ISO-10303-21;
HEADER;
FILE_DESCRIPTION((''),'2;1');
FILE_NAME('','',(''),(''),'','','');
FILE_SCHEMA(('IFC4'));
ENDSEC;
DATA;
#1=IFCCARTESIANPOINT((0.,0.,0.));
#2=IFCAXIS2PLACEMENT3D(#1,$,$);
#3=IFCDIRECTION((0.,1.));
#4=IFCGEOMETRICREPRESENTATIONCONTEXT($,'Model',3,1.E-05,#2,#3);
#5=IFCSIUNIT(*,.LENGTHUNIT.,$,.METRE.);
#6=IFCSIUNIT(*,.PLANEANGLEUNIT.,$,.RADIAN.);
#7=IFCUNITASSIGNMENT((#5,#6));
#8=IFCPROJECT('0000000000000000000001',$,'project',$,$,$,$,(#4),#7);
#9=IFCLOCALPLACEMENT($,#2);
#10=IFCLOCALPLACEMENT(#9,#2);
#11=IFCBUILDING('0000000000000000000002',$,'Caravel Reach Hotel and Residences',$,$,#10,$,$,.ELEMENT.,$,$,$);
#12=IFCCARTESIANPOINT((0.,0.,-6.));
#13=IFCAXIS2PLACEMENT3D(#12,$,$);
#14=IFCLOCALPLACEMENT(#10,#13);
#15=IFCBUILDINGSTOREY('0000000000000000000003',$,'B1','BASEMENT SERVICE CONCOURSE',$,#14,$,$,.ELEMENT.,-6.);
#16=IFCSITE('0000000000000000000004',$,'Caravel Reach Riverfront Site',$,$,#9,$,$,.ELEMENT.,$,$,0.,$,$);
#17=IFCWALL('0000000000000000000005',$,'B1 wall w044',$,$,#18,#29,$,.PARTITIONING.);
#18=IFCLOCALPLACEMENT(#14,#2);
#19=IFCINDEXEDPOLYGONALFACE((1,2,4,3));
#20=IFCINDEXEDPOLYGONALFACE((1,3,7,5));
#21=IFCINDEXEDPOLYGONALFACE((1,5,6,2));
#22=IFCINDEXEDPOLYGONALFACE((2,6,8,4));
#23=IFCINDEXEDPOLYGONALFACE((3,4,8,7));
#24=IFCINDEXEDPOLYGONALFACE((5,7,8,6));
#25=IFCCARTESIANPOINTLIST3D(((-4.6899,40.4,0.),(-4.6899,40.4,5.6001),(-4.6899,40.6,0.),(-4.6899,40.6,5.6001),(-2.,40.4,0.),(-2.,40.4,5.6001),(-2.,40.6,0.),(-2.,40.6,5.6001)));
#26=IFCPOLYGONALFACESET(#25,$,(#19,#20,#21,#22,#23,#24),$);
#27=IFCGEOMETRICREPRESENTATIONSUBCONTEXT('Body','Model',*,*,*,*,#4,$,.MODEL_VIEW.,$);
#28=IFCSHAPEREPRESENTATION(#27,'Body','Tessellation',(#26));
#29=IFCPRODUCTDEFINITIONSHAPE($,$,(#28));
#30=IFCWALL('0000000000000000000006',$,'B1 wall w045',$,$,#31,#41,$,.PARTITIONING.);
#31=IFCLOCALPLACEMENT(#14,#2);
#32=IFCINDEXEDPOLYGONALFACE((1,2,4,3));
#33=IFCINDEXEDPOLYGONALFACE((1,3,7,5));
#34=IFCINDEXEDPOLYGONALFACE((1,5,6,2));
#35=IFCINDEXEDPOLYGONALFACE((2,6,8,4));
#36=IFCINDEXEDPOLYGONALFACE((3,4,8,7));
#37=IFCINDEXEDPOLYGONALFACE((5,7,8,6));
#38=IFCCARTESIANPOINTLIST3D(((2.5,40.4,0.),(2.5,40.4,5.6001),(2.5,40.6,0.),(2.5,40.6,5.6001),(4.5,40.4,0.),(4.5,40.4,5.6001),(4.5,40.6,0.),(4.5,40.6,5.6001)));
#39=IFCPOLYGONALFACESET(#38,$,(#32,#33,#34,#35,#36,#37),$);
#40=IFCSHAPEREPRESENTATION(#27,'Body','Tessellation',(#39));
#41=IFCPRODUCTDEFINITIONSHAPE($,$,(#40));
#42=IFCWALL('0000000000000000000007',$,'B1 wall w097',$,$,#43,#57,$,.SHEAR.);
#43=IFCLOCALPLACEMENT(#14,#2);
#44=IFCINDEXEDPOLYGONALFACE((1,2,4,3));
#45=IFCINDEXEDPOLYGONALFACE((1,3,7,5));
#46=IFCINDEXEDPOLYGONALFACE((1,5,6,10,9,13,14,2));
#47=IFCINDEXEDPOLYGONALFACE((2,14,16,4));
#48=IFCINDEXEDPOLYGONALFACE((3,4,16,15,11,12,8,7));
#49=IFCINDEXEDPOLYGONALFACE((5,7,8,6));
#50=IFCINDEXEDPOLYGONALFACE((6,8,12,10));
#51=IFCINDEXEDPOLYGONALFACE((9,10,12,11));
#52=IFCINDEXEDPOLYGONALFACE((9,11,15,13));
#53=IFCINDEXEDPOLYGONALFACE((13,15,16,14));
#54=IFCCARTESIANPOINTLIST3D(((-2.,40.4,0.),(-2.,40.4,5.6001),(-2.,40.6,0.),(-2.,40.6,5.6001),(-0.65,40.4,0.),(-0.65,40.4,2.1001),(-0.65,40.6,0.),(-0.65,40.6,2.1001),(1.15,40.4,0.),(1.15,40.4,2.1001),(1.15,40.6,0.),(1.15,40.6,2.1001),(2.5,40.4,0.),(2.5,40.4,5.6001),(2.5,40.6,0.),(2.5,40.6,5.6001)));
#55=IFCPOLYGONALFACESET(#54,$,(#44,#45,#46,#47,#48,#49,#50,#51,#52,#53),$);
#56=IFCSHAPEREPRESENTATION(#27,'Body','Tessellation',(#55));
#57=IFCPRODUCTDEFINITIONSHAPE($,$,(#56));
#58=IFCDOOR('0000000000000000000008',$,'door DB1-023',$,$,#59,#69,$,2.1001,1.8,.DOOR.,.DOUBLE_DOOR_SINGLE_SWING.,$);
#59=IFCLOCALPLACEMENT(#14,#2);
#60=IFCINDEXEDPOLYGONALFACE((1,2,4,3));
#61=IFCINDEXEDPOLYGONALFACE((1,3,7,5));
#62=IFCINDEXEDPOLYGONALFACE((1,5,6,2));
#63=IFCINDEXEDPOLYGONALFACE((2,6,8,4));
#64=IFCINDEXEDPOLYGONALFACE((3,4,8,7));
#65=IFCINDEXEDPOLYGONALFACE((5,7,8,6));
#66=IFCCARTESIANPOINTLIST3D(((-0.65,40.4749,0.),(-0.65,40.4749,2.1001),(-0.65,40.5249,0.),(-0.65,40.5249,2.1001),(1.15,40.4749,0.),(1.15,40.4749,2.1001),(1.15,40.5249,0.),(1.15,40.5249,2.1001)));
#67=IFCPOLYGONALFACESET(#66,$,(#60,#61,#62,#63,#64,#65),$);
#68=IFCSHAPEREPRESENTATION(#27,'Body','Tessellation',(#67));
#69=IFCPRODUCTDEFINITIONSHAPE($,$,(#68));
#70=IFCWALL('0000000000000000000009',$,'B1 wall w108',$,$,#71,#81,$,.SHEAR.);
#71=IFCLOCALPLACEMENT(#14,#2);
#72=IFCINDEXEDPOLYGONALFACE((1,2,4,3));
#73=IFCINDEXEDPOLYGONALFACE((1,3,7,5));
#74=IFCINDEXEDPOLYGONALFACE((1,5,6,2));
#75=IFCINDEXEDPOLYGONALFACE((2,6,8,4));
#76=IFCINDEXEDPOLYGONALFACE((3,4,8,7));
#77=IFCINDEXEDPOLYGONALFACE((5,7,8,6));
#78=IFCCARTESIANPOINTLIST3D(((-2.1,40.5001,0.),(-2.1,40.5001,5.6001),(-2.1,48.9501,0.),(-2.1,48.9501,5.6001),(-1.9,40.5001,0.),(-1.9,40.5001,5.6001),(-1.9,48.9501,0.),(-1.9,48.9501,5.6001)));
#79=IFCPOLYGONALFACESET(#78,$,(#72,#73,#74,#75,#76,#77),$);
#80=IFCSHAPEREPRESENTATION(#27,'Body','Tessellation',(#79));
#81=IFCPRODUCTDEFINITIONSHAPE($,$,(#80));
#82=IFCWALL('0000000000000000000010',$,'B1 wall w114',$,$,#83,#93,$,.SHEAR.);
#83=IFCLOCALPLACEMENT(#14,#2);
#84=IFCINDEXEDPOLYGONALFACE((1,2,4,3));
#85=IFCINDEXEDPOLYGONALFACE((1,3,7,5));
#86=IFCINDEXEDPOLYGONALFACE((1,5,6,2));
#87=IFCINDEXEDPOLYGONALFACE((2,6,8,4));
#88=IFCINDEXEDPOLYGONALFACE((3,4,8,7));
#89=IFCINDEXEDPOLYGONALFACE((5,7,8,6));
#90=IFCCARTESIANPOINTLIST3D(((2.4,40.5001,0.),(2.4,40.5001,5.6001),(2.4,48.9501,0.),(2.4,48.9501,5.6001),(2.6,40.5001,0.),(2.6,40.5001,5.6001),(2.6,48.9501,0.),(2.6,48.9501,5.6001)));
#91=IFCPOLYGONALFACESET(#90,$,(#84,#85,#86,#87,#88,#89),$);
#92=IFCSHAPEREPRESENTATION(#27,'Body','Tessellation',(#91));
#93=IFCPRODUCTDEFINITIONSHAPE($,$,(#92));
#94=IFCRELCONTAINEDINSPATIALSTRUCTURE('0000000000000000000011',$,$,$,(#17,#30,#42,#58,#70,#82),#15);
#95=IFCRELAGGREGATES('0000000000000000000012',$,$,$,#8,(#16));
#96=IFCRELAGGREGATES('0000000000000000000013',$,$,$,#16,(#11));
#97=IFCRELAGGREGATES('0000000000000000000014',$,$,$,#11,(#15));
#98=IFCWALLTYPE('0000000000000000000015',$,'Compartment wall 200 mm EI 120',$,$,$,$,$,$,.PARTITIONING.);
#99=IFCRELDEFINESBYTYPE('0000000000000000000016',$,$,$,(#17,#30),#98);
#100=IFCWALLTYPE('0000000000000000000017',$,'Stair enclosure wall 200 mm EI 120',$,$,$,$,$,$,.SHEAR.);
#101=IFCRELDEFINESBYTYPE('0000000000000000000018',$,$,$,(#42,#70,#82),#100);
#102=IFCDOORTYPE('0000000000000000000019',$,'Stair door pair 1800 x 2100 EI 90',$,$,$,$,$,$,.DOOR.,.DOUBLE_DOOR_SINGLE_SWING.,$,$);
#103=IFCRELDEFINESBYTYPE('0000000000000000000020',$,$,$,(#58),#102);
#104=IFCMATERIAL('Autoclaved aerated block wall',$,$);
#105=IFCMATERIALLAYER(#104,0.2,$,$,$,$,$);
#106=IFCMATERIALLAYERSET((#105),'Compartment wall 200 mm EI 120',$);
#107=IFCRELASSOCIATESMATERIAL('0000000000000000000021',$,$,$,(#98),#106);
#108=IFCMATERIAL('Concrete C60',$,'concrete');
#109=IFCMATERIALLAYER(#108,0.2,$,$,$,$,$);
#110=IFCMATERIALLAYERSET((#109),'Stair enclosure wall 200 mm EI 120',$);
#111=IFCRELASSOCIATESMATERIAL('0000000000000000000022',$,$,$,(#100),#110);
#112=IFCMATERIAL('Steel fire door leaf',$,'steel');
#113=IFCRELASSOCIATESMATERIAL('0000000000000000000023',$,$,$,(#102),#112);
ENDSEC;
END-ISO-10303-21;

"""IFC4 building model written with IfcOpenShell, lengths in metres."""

from ifc_helpers import new_model, si_unit, direction, frame, frame_2d, origin, place, context, subcontext, project, spatial, rectangle, extrude, material, layer, layer_set, type_object, element, fill, save


model = new_model("IFC4")

# Units and contexts
model_context = context("Model", 3, precision=1e-05, world=origin(), true_north=direction((0.0, 1.0)))
body_context = subcontext(model_context, "Body", "Model", "MODEL_VIEW")
ifc_project = project(units=[si_unit("LENGTHUNIT", "METRE"), si_unit("PLANEANGLEUNIT", "RADIAN")], contexts=[model_context])

# Site, building, storey
site_placement = place(None, origin())
site = spatial("IfcSite", under=ifc_project, at=site_placement, Name="Caravel Reach Riverfront Site", CompositionType="ELEMENT", RefElevation=0.0)
building_placement = place(site_placement, origin())
building = spatial("IfcBuilding", under=site, at=building_placement, Name="Caravel Reach Hotel and Residences", CompositionType="ELEMENT")
storey_placement = place(building_placement, frame((0.0, 0.0, -6.0)))
storey = spatial("IfcBuildingStorey", under=building, at=storey_placement, Name="B1", Description="BASEMENT SERVICE CONCOURSE", CompositionType="ELEMENT", Elevation=-6.0)

# Shared definitions
ifc_material_1 = material(Name="Autoclaved aerated block wall")
ifc_layer_1 = layer(ifc_material_1, 0.2)
ifc_layer_set_1 = layer_set([ifc_layer_1], Name="Compartment wall 200 mm EI 120")
wall_type_1 = type_object("IfcWallType", Name="Compartment wall 200 mm EI 120", PredefinedType="PARTITIONING", material=ifc_layer_set_1)

# Walls
wall_1_placement = place(storey_placement, frame((-4.6899, 40.5, 0.0), z_axis=(0.0, 0.0, 1.0), x_axis=(1.0, 0.0, 0.0)))
element("IfcWall", 1, at=wall_1_placement, inside=storey, type_object=wall_type_1, Name="B1 wall w044", PredefinedType="PARTITIONING", context=body_context, shape_type="SweptSolid", body=[
    extrude(rectangle(XDim=2.6899, YDim=0.2, at=frame_2d((1.345, 0.0))), origin(), (0.0, 0.0, 1.0), 5.6001),
])
wall_2_placement = place(storey_placement, frame((2.5, 40.5, 0.0), z_axis=(0.0, 0.0, 1.0), x_axis=(1.0, 0.0, 0.0)))
element("IfcWall", 2, at=wall_2_placement, inside=storey, type_object=wall_type_1, Name="B1 wall w045", PredefinedType="PARTITIONING", context=body_context, shape_type="SweptSolid", body=[
    extrude(rectangle(XDim=2.0, YDim=0.2, at=frame_2d((1.0, 0.0))), origin(), (0.0, 0.0, 1.0), 5.6001),
])

# Wall, opening, door
ifc_material_2 = material(Name="Concrete C60", Category="concrete")
ifc_layer_2 = layer(ifc_material_2, 0.2)
ifc_layer_set_2 = layer_set([ifc_layer_2], Name="Stair enclosure wall 200 mm EI 120")
wall_type_2 = type_object("IfcWallType", Name="Stair enclosure wall 200 mm EI 120", PredefinedType="SHEAR", material=ifc_layer_set_2)
wall_3_placement = place(storey_placement, frame((-2.0, 40.5, 0.0), z_axis=(0.0, 0.0, 1.0), x_axis=(1.0, 0.0, 0.0)))
wall_3 = element("IfcWall", 3, at=wall_3_placement, inside=storey, type_object=wall_type_2, Name="B1 wall w097", PredefinedType="SHEAR", context=body_context, shape_type="SweptSolid", body=[
    extrude(rectangle(XDim=4.5, YDim=0.2, at=frame_2d((2.25, 0.0))), origin(), (0.0, 0.0, 1.0), 5.6001),
])
opening_1_placement = place(wall_3_placement, frame((1.3501, 0.0, 0.0)))
opening_1 = element("IfcOpeningElement", 4, at=opening_1_placement, cuts=wall_3, PredefinedType="OPENING", context=body_context, shape_type="SweptSolid", body=[
    extrude(rectangle(XDim=1.8, YDim=2.1001, at=frame_2d((0.8999, 1.05))), frame((0.0, 0.1099, 0.0), z_axis=(0.0, -1.0, 0.0), x_axis=(1.0, 0.0, 0.0)), (0.0, 0.0, 1.0), 0.22),
])
ifc_material_3 = material(Name="Steel fire door leaf", Category="steel")
door_type_1 = type_object("IfcDoorType", Name="Stair door pair 1800 x 2100 EI 90", OperationType="DOUBLE_DOOR_SINGLE_SWING", PredefinedType="DOOR", material=ifc_material_3)
door_1_placement = place(opening_1_placement, origin())
door_1 = element("IfcDoor", 5, at=door_1_placement, inside=storey, type_object=door_type_1, Name="door DB1-023", OperationType="DOUBLE_DOOR_SINGLE_SWING", OverallHeight=2.1001, OverallWidth=1.8, PredefinedType="DOOR", context=body_context, shape_type="SweptSolid", body=[
    extrude(rectangle(XDim=1.8, YDim=2.1001, at=frame_2d((0.8999, 1.05))), frame((0.0, 0.0249, 0.0), z_axis=(0.0, -1.0, 0.0), x_axis=(1.0, 0.0, 0.0)), (0.0, 0.0, 1.0), 0.05),
])
fill(opening_1, door_1)

# Walls
for number, where, z_axis, x_axis, name in (
    (6, (-2.0, 40.5, 0.0), (0.0, 0.0, 1.0), (0.0, 1.0, 0.0), "B1 wall w108"),
    (7, (2.5, 40.5, 0.0), (0.0, 0.0, 1.0), (0.0, 1.0, 0.0), "B1 wall w114"),
):
    element("IfcWall", number, at=place(storey_placement, frame(where, z_axis=z_axis, x_axis=x_axis)), inside=storey, type_object=wall_type_2, Name=name, PredefinedType="SHEAR", context=body_context, shape_type="SweptSolid", body=[
        extrude(rectangle(XDim=8.45, YDim=0.2, at=frame_2d((4.2251, 0.0))), origin(), (0.0, 0.0, 1.0), 5.6001),
    ])

save(model, "model.ifc")
